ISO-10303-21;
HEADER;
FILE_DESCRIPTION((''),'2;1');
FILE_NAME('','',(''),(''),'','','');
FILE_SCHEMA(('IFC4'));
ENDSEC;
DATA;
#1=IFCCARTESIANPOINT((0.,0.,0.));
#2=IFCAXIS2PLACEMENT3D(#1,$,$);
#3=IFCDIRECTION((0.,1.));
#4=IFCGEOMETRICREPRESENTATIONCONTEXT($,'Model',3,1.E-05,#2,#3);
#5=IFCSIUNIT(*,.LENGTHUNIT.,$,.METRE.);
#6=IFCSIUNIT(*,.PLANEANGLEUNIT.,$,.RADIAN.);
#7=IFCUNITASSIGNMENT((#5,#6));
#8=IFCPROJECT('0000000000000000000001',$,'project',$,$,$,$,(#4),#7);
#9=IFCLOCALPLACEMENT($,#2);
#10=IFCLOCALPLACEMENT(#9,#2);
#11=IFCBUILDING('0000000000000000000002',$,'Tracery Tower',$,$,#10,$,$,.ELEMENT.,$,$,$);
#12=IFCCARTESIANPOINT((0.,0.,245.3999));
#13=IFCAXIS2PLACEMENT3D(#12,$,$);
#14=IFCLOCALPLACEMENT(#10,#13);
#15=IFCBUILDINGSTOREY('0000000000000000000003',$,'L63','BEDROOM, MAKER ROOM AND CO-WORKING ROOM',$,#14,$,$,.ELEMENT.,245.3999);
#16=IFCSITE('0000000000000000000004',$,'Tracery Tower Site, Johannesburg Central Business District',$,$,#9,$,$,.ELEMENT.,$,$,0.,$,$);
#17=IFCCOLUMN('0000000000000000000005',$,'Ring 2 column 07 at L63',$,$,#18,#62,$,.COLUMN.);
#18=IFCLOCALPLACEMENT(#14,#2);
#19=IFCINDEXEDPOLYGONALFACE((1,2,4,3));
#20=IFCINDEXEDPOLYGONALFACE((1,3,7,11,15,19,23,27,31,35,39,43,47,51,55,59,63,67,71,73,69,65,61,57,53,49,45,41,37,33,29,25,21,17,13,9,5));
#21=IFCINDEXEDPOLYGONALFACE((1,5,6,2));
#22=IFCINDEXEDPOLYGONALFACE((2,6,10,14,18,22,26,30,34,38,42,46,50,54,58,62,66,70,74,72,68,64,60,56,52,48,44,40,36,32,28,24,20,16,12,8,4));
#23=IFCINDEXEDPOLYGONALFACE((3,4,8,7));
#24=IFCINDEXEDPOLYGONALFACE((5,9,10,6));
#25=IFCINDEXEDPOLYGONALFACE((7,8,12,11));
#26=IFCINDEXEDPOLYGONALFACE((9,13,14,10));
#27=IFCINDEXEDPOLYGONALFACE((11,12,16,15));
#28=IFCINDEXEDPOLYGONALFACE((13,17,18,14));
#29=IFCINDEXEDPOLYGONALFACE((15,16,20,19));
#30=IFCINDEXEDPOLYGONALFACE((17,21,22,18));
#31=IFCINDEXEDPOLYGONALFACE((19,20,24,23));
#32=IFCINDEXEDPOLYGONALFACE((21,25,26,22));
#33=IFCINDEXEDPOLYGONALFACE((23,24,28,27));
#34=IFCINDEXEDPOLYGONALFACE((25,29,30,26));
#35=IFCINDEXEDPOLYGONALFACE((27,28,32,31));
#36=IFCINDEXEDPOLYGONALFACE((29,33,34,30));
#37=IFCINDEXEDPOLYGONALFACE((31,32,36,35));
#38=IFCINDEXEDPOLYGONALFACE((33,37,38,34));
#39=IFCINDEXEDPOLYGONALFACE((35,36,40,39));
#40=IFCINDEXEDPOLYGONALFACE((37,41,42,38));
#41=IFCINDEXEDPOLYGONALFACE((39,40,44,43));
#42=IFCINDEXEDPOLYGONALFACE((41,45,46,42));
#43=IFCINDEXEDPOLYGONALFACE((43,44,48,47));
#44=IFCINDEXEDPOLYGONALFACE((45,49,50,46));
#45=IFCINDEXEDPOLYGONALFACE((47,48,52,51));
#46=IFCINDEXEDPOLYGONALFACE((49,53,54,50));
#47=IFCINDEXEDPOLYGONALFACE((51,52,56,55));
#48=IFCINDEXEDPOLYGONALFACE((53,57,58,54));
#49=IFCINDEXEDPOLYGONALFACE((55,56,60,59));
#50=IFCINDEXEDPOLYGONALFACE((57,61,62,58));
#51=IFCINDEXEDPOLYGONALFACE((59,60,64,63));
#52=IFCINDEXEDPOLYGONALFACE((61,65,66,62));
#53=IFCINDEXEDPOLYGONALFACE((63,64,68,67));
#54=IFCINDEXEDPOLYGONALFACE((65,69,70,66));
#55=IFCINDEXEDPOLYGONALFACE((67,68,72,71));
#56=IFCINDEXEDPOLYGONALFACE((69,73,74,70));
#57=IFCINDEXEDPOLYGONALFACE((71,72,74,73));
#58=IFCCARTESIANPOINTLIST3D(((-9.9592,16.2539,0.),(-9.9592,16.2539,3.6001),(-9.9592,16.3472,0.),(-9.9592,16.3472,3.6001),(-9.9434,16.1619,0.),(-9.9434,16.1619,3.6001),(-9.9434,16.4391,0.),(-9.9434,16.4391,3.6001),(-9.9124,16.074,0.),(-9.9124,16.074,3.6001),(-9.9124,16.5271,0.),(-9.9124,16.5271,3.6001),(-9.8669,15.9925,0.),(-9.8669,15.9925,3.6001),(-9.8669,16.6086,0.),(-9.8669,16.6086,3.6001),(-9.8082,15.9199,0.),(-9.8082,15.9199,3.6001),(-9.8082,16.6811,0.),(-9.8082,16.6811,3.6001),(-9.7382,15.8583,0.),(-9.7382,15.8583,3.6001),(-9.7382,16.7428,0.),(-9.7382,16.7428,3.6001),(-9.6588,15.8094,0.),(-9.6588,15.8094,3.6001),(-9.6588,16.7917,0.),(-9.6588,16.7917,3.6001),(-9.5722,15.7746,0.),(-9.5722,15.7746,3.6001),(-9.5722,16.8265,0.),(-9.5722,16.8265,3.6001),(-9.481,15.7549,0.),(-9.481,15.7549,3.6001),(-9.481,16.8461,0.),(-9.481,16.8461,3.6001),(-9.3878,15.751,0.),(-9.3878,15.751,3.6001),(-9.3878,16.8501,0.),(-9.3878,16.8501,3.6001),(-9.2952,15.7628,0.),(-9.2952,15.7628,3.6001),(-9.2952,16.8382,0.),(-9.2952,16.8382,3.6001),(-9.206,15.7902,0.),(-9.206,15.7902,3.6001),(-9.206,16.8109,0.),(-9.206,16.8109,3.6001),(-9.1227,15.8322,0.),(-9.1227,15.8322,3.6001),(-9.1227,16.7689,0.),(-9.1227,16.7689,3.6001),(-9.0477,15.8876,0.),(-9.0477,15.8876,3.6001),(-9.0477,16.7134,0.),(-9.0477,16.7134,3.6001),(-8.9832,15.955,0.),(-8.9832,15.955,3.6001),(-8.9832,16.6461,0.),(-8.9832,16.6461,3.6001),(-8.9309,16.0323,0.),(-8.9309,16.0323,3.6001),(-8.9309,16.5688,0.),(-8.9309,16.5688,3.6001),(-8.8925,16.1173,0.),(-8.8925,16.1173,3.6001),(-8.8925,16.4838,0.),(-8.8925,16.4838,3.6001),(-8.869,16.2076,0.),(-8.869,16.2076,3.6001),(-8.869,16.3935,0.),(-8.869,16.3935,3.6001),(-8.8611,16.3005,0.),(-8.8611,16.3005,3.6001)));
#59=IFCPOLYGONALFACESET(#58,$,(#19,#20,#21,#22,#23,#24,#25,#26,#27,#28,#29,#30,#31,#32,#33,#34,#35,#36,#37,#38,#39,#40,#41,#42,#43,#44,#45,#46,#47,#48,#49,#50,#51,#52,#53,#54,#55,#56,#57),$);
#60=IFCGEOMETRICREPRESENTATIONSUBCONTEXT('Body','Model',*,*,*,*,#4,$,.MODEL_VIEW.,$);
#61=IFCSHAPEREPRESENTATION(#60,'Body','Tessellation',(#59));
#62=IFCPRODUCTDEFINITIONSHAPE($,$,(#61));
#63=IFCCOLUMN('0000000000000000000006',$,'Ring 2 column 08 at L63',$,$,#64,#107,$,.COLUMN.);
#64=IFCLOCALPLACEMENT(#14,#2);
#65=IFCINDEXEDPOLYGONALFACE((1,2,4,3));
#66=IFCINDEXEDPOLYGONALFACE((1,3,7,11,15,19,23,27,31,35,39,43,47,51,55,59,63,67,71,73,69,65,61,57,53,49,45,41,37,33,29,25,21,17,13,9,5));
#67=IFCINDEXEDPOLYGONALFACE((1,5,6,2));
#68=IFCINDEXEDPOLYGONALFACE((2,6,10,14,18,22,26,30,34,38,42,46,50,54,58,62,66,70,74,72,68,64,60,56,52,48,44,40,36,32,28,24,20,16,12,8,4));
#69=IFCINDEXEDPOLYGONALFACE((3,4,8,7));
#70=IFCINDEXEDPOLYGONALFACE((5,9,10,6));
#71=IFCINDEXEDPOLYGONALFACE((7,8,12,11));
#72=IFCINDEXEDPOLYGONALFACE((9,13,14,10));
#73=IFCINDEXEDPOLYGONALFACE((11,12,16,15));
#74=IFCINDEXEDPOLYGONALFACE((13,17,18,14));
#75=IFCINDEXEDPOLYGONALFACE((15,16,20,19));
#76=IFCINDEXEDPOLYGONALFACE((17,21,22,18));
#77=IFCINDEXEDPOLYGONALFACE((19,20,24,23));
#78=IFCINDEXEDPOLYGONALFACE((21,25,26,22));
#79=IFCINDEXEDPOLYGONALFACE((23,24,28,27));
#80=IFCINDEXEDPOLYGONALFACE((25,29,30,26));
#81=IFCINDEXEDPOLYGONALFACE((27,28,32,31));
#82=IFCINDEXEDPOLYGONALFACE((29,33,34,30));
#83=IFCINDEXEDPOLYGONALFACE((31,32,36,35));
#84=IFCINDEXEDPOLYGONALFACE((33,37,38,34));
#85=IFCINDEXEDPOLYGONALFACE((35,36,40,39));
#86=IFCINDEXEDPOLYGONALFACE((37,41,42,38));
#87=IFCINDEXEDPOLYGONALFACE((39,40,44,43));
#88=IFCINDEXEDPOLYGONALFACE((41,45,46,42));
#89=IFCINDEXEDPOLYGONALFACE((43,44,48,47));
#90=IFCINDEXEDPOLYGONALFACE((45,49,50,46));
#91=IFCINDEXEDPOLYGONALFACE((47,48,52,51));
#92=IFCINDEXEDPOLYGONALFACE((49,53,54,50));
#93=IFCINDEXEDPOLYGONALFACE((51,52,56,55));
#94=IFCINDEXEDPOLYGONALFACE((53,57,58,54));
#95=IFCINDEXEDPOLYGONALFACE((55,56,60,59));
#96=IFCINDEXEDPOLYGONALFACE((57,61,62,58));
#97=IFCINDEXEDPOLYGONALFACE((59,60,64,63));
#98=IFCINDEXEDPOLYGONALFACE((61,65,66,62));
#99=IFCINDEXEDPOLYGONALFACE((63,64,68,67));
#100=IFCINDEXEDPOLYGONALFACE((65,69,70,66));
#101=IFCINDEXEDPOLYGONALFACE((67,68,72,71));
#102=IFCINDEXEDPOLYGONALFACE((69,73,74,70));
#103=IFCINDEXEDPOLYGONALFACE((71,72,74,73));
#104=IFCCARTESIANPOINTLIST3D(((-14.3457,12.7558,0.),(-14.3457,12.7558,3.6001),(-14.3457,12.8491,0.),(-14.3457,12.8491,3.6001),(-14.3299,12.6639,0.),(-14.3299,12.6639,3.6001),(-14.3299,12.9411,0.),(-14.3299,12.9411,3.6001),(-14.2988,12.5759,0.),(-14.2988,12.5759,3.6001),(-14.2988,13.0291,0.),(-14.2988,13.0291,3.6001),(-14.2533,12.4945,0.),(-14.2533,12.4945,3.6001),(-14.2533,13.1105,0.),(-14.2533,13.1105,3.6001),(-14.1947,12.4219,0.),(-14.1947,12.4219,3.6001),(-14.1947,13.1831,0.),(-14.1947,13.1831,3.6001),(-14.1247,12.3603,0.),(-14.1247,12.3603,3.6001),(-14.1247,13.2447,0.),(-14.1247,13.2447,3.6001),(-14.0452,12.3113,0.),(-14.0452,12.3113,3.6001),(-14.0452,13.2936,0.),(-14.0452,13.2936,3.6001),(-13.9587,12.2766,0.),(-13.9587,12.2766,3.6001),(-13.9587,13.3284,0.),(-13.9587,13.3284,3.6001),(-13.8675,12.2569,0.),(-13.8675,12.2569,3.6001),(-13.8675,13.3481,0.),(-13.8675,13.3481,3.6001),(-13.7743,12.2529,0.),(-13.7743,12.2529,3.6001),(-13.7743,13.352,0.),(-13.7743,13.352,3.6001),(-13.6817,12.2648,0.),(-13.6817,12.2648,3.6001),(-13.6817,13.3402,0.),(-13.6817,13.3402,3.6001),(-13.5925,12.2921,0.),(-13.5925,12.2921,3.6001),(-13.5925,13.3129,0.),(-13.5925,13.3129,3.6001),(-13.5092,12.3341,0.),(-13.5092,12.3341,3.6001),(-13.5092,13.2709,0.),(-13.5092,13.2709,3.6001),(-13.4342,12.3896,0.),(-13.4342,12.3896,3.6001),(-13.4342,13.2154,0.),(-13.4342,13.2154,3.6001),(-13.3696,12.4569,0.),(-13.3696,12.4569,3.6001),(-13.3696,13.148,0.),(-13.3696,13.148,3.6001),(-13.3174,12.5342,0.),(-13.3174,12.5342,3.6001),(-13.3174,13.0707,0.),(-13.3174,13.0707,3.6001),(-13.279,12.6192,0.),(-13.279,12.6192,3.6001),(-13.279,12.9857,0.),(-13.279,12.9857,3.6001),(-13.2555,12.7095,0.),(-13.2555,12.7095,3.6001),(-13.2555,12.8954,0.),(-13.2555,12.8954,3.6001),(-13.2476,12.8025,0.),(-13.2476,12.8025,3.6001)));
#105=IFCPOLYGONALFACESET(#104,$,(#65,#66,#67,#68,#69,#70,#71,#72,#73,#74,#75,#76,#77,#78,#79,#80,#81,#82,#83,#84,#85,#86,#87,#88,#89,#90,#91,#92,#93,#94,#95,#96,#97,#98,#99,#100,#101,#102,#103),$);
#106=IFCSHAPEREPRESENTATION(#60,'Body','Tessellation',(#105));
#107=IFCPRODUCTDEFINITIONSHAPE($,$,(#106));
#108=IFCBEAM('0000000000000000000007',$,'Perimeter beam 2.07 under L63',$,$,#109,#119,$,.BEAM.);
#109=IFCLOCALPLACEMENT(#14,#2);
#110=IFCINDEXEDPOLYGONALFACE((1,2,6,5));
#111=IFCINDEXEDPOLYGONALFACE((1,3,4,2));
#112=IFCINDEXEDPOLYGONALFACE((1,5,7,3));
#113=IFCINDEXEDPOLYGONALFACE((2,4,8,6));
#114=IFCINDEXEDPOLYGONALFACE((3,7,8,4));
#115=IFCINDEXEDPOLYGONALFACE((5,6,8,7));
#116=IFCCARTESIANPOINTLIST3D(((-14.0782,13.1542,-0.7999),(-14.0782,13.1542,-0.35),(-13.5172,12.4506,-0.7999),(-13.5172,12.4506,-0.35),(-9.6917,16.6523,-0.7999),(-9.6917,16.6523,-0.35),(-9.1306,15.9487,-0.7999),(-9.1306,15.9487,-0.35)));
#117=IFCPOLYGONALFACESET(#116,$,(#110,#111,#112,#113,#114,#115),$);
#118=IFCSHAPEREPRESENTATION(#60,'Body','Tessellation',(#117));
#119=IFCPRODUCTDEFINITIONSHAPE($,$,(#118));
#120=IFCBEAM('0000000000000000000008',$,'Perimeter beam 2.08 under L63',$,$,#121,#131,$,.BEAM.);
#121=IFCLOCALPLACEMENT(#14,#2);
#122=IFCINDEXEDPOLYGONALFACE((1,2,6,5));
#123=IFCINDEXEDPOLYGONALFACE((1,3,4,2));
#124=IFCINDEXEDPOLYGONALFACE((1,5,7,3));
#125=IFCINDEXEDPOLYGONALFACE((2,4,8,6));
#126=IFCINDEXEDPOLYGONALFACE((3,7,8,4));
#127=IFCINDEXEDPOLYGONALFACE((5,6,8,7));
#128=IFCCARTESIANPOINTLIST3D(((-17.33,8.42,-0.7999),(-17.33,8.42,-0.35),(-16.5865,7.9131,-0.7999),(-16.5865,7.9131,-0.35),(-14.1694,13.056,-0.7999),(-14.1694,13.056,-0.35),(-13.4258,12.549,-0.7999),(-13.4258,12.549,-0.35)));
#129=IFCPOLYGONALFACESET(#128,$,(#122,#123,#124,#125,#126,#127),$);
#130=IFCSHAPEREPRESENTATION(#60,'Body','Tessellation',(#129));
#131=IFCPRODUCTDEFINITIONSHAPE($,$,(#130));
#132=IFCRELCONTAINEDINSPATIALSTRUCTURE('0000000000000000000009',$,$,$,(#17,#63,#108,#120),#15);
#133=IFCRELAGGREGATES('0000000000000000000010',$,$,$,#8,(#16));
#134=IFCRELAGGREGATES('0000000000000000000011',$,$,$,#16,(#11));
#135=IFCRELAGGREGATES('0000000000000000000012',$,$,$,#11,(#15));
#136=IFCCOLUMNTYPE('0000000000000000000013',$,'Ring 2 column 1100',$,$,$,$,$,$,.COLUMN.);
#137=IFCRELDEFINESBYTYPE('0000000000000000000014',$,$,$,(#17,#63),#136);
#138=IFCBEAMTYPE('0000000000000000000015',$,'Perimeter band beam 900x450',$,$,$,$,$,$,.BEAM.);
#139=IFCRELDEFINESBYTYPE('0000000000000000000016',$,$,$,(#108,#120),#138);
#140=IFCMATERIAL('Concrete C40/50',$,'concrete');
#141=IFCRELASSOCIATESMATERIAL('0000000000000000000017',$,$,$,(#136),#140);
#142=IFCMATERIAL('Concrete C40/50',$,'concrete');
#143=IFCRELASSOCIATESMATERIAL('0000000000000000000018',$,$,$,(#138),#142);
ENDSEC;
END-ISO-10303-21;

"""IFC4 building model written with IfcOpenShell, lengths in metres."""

from ifc_helpers import new_model, si_unit, direction, frame, origin, origin_2d, place, context, subcontext, project, spatial, rectangle, circle, extrude, material, material_profile, profile_set, type_object, element, save


model = new_model("IFC4")

# Units and contexts
model_context = context("Model", 3, precision=1e-05, world=origin(), true_north=direction((0.0, 1.0)))
body_context = subcontext(model_context, "Body", "Model", "MODEL_VIEW")
ifc_project = project(units=[si_unit("LENGTHUNIT", "METRE"), si_unit("PLANEANGLEUNIT", "RADIAN")], contexts=[model_context])

# Site, building, storey
site_placement = place(None, origin())
site = spatial("IfcSite", under=ifc_project, at=site_placement, Name="Tracery Tower Site, Johannesburg Central Business District", CompositionType="ELEMENT", RefElevation=0.0)
building_placement = place(site_placement, origin())
building = spatial("IfcBuilding", under=site, at=building_placement, Name="Tracery Tower", CompositionType="ELEMENT")
storey_placement = place(building_placement, frame((0.0, 0.0, 245.3999)))
storey = spatial("IfcBuildingStorey", under=building, at=storey_placement, Name="L63", Description="BEDROOM, MAKER ROOM AND CO-WORKING ROOM", CompositionType="ELEMENT", Elevation=245.3999)

# Columns
ifc_material_1 = material(Name="Concrete C40/50", Category="concrete")
ifc_material_profile_1 = material_profile(ifc_material_1, circle(Radius=0.55, at=origin_2d()), Name="RC D1100")
ifc_profile_set_1 = profile_set([ifc_material_profile_1], Name="Concrete C40/50")
column_type = type_object("IfcColumnType", Name="Ring 2 column 1100", PredefinedType="COLUMN", material=ifc_profile_set_1)
for number, where, z_axis, x_axis, name in (
    (1, (-9.4111, 16.3005, 0.0), (0.0, 0.0, 1.0), (1.0, 0.0, 0.0), "Ring 2 column 07 at L63"),
    (2, (-13.7976, 12.8025, 0.0), (0.0, 0.0, 1.0), (1.0, 0.0, 0.0), "Ring 2 column 08 at L63"),
):
    element("IfcColumn", number, at=place(storey_placement, frame(where, z_axis=z_axis, x_axis=x_axis)), inside=storey, type_object=column_type, Name=name, PredefinedType="COLUMN", context=body_context, shape_type="SweptSolid", body=[
        extrude(circle(Radius=0.55, at=origin_2d()), origin(), (0.0, 0.0, 1.0), 3.6001),
    ])

# Beams
ifc_material_2 = material(Name="Concrete C40/50", Category="concrete")
ifc_material_profile_2 = material_profile(ifc_material_2, rectangle(XDim=0.8999, YDim=0.45, at=origin_2d()), Name="RC 900x450")
ifc_profile_set_2 = profile_set([ifc_material_profile_2], Name="Concrete C40/50")
beam_type = type_object("IfcBeamType", Name="Perimeter band beam 900x450", PredefinedType="BEAM", material=ifc_profile_set_2)
beam_1_placement = place(storey_placement, frame((-9.4111, 16.3005, -0.575), z_axis=(-0.781836, -0.623484, 0.0), x_axis=(0.623484, -0.781836, 0.0)))
element("IfcBeam", 3, at=beam_1_placement, inside=storey, type_object=beam_type, Name="Perimeter beam 2.07 under L63", PredefinedType="BEAM", context=body_context, shape_type="SweptSolid", body=[
    extrude(rectangle(XDim=0.8999, YDim=0.45, at=origin_2d()), origin(), (0.0, 0.0, 1.0), 5.6106),
])
beam_2_placement = place(storey_placement, frame((-13.7976, 12.8025, -0.575), z_axis=(-0.563306, -0.826249, 0.0), x_axis=(0.826249, -0.563306, 0.0)))
element("IfcBeam", 4, at=beam_2_placement, inside=storey, type_object=beam_type, Name="Perimeter beam 2.08 under L63", PredefinedType="BEAM", context=body_context, shape_type="SweptSolid", body=[
    extrude(rectangle(XDim=0.8999, YDim=0.45, at=origin_2d()), origin(), (0.0, 0.0, 1.0), 5.6108),
])

save(model, "model.ifc")
